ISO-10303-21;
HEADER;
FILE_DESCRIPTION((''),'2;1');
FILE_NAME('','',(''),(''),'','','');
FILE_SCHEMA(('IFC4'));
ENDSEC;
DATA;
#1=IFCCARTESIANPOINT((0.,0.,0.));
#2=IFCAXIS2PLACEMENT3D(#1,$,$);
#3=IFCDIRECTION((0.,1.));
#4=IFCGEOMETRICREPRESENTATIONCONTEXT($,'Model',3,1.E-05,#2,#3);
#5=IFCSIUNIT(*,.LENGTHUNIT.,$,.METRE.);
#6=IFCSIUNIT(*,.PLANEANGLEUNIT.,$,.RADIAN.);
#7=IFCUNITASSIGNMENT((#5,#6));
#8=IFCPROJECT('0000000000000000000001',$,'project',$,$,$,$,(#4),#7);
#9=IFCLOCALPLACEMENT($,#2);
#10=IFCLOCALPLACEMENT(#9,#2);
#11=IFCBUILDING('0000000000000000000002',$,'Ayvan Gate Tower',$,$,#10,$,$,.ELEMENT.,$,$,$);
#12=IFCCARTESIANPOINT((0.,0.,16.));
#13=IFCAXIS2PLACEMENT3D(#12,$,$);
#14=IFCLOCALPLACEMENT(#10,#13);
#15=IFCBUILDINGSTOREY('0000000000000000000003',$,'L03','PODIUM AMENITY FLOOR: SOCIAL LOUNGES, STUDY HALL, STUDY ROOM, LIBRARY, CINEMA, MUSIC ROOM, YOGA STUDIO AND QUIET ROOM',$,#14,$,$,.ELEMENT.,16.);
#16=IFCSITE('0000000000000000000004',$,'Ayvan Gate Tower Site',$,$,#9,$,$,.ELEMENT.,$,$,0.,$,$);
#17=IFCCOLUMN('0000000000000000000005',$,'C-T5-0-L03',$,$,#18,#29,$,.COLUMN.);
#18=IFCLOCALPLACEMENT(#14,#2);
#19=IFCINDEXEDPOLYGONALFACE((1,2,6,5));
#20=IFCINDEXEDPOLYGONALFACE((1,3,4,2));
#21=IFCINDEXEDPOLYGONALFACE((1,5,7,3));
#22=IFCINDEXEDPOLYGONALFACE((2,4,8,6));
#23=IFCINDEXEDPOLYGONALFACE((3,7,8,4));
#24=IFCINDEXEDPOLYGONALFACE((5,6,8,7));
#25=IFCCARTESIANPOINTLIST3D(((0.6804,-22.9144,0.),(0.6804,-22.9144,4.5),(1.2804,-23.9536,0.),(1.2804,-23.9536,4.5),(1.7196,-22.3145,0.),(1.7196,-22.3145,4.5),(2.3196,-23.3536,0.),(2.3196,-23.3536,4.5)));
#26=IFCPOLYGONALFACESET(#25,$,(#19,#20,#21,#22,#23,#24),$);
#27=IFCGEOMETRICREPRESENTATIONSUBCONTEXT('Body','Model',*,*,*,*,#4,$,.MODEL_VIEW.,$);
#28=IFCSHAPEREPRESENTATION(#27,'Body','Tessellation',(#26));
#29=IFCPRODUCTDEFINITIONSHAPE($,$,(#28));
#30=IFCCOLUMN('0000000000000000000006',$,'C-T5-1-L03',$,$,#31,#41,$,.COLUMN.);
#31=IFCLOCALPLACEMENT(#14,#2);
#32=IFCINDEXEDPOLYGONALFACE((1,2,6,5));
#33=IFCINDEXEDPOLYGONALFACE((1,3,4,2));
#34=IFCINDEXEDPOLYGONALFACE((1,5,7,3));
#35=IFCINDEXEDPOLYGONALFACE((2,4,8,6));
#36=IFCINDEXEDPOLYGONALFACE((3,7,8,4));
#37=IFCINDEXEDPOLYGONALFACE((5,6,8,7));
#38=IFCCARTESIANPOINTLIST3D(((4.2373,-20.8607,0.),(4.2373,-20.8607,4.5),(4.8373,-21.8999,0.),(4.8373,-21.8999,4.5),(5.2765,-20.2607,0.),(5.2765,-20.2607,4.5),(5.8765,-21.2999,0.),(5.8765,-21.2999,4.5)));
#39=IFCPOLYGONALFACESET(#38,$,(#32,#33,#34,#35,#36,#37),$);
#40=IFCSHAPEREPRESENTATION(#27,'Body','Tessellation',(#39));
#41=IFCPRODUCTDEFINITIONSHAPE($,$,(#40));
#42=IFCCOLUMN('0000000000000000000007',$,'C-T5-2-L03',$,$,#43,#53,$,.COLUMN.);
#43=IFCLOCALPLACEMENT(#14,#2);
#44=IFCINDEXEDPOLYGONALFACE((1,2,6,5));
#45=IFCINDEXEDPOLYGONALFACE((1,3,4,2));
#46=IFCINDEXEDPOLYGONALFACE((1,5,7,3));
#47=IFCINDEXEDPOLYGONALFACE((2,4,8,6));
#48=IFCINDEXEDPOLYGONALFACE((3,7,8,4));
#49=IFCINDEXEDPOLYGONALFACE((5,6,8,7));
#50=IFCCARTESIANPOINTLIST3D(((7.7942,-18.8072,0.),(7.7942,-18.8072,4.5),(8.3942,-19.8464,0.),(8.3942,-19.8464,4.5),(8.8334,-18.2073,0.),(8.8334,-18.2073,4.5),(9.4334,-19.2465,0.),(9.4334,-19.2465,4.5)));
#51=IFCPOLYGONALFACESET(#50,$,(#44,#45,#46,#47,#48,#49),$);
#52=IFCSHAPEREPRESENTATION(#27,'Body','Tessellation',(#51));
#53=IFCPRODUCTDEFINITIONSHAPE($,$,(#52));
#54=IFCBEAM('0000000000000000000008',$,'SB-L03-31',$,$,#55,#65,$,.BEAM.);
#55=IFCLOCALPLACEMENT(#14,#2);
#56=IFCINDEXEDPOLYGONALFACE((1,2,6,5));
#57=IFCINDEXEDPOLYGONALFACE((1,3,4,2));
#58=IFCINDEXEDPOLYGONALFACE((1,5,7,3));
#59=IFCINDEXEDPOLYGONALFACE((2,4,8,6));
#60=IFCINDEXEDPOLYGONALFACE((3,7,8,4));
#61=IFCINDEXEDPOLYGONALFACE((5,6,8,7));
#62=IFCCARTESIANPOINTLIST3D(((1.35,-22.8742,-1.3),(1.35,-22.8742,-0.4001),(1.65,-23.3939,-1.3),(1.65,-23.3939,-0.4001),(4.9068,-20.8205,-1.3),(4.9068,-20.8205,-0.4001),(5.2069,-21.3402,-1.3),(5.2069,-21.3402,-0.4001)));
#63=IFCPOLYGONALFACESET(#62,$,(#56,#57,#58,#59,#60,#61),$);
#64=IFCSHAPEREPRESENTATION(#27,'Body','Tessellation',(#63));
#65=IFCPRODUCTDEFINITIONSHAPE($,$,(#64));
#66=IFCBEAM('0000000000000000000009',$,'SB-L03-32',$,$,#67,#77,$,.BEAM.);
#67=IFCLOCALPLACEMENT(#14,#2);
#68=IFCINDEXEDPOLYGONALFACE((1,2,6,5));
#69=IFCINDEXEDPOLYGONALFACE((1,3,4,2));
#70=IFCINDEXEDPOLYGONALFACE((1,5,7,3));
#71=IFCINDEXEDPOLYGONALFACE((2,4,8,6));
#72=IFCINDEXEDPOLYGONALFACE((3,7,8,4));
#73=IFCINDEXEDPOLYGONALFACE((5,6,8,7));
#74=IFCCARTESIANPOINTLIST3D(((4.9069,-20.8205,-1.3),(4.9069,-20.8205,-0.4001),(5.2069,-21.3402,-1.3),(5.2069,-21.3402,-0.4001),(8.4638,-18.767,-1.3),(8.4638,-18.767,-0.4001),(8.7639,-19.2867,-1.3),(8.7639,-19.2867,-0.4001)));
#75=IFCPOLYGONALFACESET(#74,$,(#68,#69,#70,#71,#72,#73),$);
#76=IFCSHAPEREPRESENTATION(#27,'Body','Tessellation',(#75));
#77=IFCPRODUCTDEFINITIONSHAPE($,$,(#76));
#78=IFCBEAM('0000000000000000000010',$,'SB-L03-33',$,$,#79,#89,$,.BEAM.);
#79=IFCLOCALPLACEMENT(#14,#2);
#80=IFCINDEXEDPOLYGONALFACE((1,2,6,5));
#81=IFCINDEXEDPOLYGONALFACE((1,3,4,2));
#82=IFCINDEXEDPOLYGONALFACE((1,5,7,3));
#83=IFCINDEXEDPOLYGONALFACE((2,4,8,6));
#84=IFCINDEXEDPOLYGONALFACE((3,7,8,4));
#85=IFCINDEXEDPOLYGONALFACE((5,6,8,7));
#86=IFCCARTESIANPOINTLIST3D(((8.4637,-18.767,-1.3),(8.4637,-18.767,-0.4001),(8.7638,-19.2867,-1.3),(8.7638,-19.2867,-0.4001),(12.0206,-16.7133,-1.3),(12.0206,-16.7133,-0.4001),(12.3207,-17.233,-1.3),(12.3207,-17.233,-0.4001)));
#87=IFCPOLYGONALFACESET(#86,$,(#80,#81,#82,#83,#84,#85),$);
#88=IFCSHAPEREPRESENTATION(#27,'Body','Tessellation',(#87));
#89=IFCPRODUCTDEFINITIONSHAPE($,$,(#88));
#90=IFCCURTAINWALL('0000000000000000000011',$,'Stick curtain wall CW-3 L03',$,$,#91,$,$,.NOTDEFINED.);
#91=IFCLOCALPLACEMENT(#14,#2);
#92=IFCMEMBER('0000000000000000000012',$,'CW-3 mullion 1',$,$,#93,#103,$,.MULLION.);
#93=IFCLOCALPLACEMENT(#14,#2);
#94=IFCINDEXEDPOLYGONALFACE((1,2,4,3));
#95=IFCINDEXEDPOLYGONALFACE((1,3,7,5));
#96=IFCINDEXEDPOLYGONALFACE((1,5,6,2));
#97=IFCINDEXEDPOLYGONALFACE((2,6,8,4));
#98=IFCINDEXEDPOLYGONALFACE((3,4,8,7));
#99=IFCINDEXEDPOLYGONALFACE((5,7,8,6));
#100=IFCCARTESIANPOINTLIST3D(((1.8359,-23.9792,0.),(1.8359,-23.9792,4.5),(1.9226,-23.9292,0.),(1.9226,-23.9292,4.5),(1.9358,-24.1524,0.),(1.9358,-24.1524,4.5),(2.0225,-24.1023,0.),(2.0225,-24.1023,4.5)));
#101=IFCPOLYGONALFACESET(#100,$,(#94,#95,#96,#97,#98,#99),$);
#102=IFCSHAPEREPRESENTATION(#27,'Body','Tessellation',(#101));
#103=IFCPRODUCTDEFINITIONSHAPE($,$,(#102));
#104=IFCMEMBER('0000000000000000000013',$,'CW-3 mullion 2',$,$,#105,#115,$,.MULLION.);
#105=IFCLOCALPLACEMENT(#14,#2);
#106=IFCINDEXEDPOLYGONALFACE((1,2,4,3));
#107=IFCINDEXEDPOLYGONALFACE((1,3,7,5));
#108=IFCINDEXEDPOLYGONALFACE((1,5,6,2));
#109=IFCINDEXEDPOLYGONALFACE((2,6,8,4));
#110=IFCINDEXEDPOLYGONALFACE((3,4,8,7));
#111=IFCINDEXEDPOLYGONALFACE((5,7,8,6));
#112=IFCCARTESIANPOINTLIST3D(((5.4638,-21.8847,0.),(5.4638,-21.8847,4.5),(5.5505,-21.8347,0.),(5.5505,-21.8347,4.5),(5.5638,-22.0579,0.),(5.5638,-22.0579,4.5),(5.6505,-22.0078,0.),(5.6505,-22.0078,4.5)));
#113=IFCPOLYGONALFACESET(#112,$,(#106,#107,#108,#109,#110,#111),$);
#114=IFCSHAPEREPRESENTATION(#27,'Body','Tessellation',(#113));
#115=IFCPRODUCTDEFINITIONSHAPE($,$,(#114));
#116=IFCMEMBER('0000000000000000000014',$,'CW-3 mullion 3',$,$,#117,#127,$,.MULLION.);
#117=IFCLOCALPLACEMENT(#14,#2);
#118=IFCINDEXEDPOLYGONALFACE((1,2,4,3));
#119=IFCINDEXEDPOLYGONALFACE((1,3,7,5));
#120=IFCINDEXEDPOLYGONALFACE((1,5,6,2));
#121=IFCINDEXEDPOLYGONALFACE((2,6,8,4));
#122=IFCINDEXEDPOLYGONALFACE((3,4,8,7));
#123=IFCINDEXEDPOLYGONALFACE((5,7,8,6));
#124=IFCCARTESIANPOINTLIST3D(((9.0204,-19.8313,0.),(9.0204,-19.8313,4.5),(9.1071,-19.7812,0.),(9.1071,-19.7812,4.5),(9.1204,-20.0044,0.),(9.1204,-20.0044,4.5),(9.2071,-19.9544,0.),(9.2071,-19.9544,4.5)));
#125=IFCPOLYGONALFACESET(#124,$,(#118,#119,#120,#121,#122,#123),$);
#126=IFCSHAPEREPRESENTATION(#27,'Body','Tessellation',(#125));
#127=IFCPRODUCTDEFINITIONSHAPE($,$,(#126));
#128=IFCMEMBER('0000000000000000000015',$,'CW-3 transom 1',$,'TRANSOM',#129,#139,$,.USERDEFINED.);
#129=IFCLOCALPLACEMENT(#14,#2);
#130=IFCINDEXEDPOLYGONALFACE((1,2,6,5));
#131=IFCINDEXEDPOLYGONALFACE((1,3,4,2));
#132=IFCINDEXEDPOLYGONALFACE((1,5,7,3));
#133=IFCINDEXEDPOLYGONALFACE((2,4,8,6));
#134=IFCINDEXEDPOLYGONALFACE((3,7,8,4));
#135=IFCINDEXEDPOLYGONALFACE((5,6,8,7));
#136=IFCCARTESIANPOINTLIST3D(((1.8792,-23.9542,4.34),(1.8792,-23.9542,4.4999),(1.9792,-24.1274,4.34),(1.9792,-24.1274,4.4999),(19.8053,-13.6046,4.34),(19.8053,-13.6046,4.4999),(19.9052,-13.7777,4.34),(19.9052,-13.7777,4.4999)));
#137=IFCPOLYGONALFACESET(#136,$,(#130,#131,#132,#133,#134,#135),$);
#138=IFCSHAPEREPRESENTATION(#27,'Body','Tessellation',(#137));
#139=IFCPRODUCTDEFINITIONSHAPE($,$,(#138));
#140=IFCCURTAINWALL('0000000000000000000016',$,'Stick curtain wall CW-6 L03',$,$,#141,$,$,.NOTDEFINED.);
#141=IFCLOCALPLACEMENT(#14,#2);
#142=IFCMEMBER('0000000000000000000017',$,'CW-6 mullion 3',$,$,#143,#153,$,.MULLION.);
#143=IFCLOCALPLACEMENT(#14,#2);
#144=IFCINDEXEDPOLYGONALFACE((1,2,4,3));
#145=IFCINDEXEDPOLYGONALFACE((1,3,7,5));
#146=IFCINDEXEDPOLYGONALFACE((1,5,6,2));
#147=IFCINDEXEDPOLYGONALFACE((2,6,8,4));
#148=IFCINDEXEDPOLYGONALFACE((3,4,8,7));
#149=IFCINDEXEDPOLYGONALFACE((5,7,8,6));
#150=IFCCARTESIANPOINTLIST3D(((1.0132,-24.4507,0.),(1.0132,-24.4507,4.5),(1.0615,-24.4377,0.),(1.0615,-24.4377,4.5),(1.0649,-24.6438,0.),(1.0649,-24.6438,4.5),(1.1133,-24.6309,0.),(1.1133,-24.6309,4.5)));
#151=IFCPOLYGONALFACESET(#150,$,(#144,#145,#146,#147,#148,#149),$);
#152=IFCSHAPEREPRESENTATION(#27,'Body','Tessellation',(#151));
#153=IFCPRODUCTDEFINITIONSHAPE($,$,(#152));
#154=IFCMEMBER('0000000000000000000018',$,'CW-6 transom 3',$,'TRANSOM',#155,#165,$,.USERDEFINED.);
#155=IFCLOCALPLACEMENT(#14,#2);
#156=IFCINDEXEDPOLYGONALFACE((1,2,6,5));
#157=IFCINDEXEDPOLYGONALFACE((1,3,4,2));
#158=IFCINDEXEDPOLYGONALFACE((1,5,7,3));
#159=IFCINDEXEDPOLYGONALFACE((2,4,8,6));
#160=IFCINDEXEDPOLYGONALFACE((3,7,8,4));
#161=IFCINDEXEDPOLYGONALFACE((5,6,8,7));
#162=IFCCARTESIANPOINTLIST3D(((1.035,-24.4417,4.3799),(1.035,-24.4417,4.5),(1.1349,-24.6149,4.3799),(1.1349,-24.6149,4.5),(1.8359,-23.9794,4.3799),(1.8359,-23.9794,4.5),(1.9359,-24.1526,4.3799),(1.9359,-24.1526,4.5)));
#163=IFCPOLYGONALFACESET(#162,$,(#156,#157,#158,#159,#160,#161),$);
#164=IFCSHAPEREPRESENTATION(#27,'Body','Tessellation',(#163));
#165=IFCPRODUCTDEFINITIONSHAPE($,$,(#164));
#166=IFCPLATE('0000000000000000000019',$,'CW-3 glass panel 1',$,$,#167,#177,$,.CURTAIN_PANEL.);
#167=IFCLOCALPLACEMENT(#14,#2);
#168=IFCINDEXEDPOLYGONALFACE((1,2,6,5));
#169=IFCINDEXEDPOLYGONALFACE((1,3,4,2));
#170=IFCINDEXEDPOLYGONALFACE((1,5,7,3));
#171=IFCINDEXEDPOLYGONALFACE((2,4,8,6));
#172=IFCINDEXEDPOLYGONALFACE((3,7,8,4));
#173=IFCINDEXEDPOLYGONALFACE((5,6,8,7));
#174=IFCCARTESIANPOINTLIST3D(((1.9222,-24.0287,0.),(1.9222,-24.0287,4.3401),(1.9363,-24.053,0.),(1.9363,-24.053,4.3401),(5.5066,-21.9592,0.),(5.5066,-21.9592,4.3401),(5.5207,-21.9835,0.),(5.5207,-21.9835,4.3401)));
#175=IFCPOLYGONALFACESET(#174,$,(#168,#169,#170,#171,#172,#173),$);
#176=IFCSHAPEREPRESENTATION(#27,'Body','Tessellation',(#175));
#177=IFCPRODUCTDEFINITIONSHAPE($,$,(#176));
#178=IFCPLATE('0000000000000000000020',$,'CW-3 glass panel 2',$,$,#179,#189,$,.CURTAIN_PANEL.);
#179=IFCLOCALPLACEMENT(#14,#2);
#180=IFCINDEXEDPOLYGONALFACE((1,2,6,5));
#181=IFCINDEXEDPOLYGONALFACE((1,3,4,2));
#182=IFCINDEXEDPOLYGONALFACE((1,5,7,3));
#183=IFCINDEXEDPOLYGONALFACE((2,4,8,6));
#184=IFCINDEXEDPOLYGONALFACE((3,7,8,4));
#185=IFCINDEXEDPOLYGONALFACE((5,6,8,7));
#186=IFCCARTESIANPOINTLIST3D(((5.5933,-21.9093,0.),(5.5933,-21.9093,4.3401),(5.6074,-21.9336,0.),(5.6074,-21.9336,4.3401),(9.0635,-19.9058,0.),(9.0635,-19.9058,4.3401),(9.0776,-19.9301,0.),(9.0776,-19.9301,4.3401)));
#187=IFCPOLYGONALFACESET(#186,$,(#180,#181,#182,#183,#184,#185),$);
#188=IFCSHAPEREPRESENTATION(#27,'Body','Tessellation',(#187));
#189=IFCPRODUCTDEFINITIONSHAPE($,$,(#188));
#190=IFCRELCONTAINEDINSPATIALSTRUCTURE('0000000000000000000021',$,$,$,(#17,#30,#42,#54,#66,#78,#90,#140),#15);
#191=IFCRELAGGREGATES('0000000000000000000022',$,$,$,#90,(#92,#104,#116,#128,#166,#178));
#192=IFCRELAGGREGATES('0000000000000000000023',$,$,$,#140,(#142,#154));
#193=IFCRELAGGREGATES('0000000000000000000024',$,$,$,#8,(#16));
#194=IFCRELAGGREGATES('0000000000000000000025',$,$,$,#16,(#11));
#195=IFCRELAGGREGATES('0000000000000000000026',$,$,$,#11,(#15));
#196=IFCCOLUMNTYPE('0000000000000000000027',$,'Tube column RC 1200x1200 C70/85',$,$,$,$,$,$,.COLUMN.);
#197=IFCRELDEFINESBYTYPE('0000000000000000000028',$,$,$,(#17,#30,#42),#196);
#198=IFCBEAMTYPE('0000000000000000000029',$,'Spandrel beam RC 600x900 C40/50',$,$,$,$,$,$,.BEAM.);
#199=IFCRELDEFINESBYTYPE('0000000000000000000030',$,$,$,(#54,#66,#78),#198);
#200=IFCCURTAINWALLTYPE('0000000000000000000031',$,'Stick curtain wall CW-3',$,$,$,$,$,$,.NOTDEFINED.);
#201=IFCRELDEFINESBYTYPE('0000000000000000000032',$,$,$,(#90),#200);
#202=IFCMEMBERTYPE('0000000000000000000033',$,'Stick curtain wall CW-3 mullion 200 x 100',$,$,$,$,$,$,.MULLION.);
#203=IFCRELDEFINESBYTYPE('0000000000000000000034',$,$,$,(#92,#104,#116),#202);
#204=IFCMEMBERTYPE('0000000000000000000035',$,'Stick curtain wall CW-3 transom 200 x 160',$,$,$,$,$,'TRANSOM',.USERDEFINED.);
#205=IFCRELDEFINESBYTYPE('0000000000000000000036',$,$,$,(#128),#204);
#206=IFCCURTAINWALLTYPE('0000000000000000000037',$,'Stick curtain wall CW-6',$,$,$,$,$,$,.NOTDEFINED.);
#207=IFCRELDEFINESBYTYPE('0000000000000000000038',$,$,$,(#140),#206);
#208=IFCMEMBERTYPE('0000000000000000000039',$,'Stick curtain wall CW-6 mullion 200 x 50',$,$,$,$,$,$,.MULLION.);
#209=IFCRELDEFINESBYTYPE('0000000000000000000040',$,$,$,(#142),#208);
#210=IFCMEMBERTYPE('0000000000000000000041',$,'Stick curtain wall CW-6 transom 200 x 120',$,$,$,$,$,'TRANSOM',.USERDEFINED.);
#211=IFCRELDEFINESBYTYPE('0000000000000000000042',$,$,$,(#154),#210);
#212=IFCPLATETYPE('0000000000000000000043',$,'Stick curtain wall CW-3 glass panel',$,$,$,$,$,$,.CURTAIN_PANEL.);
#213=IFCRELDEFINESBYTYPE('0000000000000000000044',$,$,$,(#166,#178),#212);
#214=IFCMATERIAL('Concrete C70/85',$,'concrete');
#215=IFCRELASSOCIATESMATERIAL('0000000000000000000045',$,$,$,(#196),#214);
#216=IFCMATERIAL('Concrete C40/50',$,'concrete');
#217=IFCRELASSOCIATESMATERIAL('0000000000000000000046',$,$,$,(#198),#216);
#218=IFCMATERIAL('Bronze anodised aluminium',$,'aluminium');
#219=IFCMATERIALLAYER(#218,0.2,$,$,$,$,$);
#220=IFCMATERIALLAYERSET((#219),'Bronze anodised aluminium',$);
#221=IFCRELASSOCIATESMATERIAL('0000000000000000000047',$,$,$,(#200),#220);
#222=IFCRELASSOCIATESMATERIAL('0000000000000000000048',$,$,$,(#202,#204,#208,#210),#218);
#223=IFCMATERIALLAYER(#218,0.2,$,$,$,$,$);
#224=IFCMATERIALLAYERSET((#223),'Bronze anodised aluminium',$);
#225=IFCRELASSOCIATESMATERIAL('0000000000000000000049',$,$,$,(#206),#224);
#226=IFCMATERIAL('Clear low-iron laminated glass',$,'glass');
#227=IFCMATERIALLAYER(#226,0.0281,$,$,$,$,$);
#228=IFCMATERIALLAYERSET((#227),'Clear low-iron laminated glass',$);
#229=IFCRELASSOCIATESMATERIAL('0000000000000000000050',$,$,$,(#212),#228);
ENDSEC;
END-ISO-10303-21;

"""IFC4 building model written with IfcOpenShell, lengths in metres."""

from ifc_helpers import new_model, si_unit, direction, frame, origin, origin_2d, place, context, subcontext, project, spatial, rectangle, extrude, material, layer, layer_set, material_profile, profile_set, type_object, element, aggregate, save


model = new_model("IFC4")

# Units and contexts
model_context = context("Model", 3, precision=1e-05, world=origin(), true_north=direction((0.0, 1.0)))
body_context = subcontext(model_context, "Body", "Model", "MODEL_VIEW")
ifc_project = project(units=[si_unit("LENGTHUNIT", "METRE"), si_unit("PLANEANGLEUNIT", "RADIAN")], contexts=[model_context])

# Site, building, storey
site_placement = place(None, origin())
site = spatial("IfcSite", under=ifc_project, at=site_placement, Name="Ayvan Gate Tower Site", CompositionType="ELEMENT", RefElevation=0.0)
building_placement = place(site_placement, origin())
building = spatial("IfcBuilding", under=site, at=building_placement, Name="Ayvan Gate Tower", CompositionType="ELEMENT")
storey_placement = place(building_placement, frame((0.0, 0.0, 16.0)))
storey = spatial("IfcBuildingStorey", under=building, at=storey_placement, Name="L03", Description="PODIUM AMENITY FLOOR: SOCIAL LOUNGES, STUDY HALL, STUDY ROOM, LIBRARY, CINEMA, MUSIC ROOM, YOGA STUDIO AND QUIET ROOM", CompositionType="ELEMENT", Elevation=16.0)

# Columns
ifc_material_1 = material(Name="Concrete C70/85", Category="concrete")
ifc_material_profile_1 = material_profile(ifc_material_1, rectangle(XDim=1.2, YDim=1.2, at=origin_2d()), Name="RC 1200x1200")
ifc_profile_set_1 = profile_set([ifc_material_profile_1], Name="Concrete C70/85")
column_type = type_object("IfcColumnType", Name="Tube column RC 1200x1200 C70/85", PredefinedType="COLUMN", material=ifc_profile_set_1)
for number, where, z_axis, x_axis, name in (
    (1, (1.5, -23.134, 0.0), (0.0, 0.0, 1.0), (0.5, -0.866025, 0.0), "C-T5-0-L03"),
    (2, (5.0569, -21.0803, 0.0), (0.0, 0.0, 1.0), (0.5, -0.866025, 0.0), "C-T5-1-L03"),
    (3, (8.6138, -19.0269, 0.0), (0.0, 0.0, 1.0), (0.5, -0.866025, 0.0), "C-T5-2-L03"),
):
    element("IfcColumn", number, at=place(storey_placement, frame(where, z_axis=z_axis, x_axis=x_axis)), inside=storey, type_object=column_type, Name=name, PredefinedType="COLUMN", context=body_context, shape_type="SweptSolid", body=[
        extrude(rectangle(XDim=1.2, YDim=1.2, at=origin_2d()), origin(), (0.0, 0.0, 1.0), 4.5),
    ])

# Beams
ifc_material_2 = material(Name="Concrete C40/50", Category="concrete")
ifc_material_profile_2 = material_profile(ifc_material_2, rectangle(XDim=0.6001, YDim=0.8999, at=origin_2d()), Name="RC 600x900")
ifc_profile_set_2 = profile_set([ifc_material_profile_2], Name="Concrete C40/50")
beam_type = type_object("IfcBeamType", Name="Spandrel beam RC 600x900 C40/50", PredefinedType="BEAM", material=ifc_profile_set_2)
for number, where, z_axis, x_axis, name in (
    (4, (1.5, -23.134, -0.8501), (0.86601, 0.500026, 0.0), (-0.500026, 0.86601, 0.0), "SB-L03-31"),
    (5, (5.0569, -21.0803, -0.8501), (0.866036, 0.499981, 0.0), (-0.499981, 0.866036, 0.0), "SB-L03-32"),
    (6, (8.6138, -19.0269, -0.8501), (0.86601, 0.500026, 0.0), (-0.500026, 0.86601, 0.0), "SB-L03-33"),
):
    element("IfcBeam", number, at=place(storey_placement, frame(where, z_axis=z_axis, x_axis=x_axis)), inside=storey, type_object=beam_type, Name=name, PredefinedType="BEAM", context=body_context, shape_type="SweptSolid", body=[
        extrude(rectangle(XDim=0.6001, YDim=0.8999, at=origin_2d()), origin(), (0.0, 0.0, 1.0), 4.1072),
    ])

# Curtain walls, members
ifc_material_3 = material(Name="Bronze anodised aluminium", Category="aluminium")
ifc_layer_1 = layer(ifc_material_3, 0.2)
ifc_layer_set_1 = layer_set([ifc_layer_1], Name="Bronze anodised aluminium")
curtain_wall_type_1 = type_object("IfcCurtainWallType", Name="Stick curtain wall CW-3", PredefinedType="NOTDEFINED", material=ifc_layer_set_1)
curtain_wall_1_placement = place(storey_placement, origin())
curtain_wall_1 = element("IfcCurtainWall", 7, at=curtain_wall_1_placement, inside=storey, type_object=curtain_wall_type_1, Name="Stick curtain wall CW-3 L03", PredefinedType="NOTDEFINED")
ifc_material_profile_3 = material_profile(ifc_material_3, rectangle(XDim=0.2, YDim=0.1001, at=origin_2d()), Name="Stick curtain wall CW-3 mullion 200 x 100")
ifc_profile_set_3 = profile_set([ifc_material_profile_3], Name="Bronze anodised aluminium")
member_type_1 = type_object("IfcMemberType", Name="Stick curtain wall CW-3 mullion 200 x 100", PredefinedType="MULLION", material=ifc_profile_set_3)
member_1_placement = place(storey_placement, frame((1.9292, -24.0408, 0.0), z_axis=(0.0, 0.0, 1.0), x_axis=(0.5, -0.866025, 0.0)))
member_1 = element("IfcMember", 8, at=member_1_placement, type_object=member_type_1, Name="CW-3 mullion 1", PredefinedType="MULLION", context=body_context, shape_type="SweptSolid", body=[
    extrude(rectangle(XDim=0.2, YDim=0.1001, at=origin_2d()), origin(), (0.0, 0.0, 1.0), 4.5),
])
member_2_placement = place(storey_placement, frame((5.5571, -21.9463, 0.0), z_axis=(0.0, 0.0, 1.0), x_axis=(0.5, -0.866025, 0.0)))
member_2 = element("IfcMember", 9, at=member_2_placement, type_object=member_type_1, Name="CW-3 mullion 2", PredefinedType="MULLION", context=body_context, shape_type="SweptSolid", body=[
    extrude(rectangle(XDim=0.2, YDim=0.1001, at=origin_2d()), origin(), (0.0, 0.0, 1.0), 4.5),
])
member_3_placement = place(storey_placement, frame((9.1138, -19.8928, 0.0), z_axis=(0.0, 0.0, 1.0), x_axis=(0.5, -0.866025, 0.0)))
member_3 = element("IfcMember", 10, at=member_3_placement, type_object=member_type_1, Name="CW-3 mullion 3", PredefinedType="MULLION", context=body_context, shape_type="SweptSolid", body=[
    extrude(rectangle(XDim=0.2, YDim=0.1001, at=origin_2d()), origin(), (0.0, 0.0, 1.0), 4.5),
])
ifc_material_profile_4 = material_profile(ifc_material_3, rectangle(XDim=0.2, YDim=0.1599, at=origin_2d()), Name="Stick curtain wall CW-3 transom 200 x 160")
ifc_profile_set_4 = profile_set([ifc_material_profile_4], Name="Bronze anodised aluminium")
member_type_2 = type_object("IfcMemberType", Name="Stick curtain wall CW-3 transom 200 x 160", ElementType="TRANSOM", PredefinedType="USERDEFINED", material=ifc_profile_set_4)
member_4_placement = place(storey_placement, frame((1.9292, -24.0408, 4.4199), z_axis=(0.866025, 0.5, 0.0), x_axis=(-0.5, 0.866025, 0.0)))
member_4 = element("IfcMember", 11, at=member_4_placement, type_object=member_type_2, Name="CW-3 transom 1", ObjectType="TRANSOM", PredefinedType="USERDEFINED", context=body_context, shape_type="SweptSolid", body=[
    extrude(rectangle(XDim=0.2, YDim=0.1599, at=origin_2d()), origin(), (0.0, 0.0, 1.0), 20.6992),
])
ifc_layer_2 = layer(ifc_material_3, 0.2)
ifc_layer_set_2 = layer_set([ifc_layer_2], Name="Bronze anodised aluminium")
curtain_wall_type_2 = type_object("IfcCurtainWallType", Name="Stick curtain wall CW-6", PredefinedType="NOTDEFINED", material=ifc_layer_set_2)
curtain_wall_2_placement = place(storey_placement, origin())
curtain_wall_2 = element("IfcCurtainWall", 12, at=curtain_wall_2_placement, inside=storey, type_object=curtain_wall_type_2, Name="Stick curtain wall CW-6 L03", PredefinedType="NOTDEFINED")
ifc_material_profile_5 = material_profile(ifc_material_3, rectangle(XDim=0.2, YDim=0.05, at=origin_2d()), Name="Stick curtain wall CW-6 mullion 200 x 50")
ifc_profile_set_5 = profile_set([ifc_material_profile_5], Name="Bronze anodised aluminium")
member_type_3 = type_object("IfcMemberType", Name="Stick curtain wall CW-6 mullion 200 x 50", PredefinedType="MULLION", material=ifc_profile_set_5)
member_5_placement = place(storey_placement, frame((1.0632, -24.5408, 0.0), z_axis=(0.0, 0.0, 1.0), x_axis=(0.258819, -0.965926, 0.0)))
member_5 = element("IfcMember", 13, at=member_5_placement, type_object=member_type_3, Name="CW-6 mullion 3", PredefinedType="MULLION", context=body_context, shape_type="SweptSolid", body=[
    extrude(rectangle(XDim=0.2, YDim=0.05, at=origin_2d()), origin(), (0.0, 0.0, 1.0), 4.5),
])
ifc_material_profile_6 = material_profile(ifc_material_3, rectangle(XDim=0.2, YDim=0.1201, at=origin_2d()), Name="Stick curtain wall CW-6 transom 200 x 120")
ifc_profile_set_6 = profile_set([ifc_material_profile_6], Name="Bronze anodised aluminium")
member_type_4 = type_object("IfcMemberType", Name="Stick curtain wall CW-6 transom 200 x 120", ElementType="TRANSOM", PredefinedType="USERDEFINED", material=ifc_profile_set_6)
member_6_placement = place(storey_placement, frame((1.085, -24.5283, 4.4399), z_axis=(0.866058, 0.499943, 0.0), x_axis=(-0.499943, 0.866058, 0.0)))
member_6 = element("IfcMember", 14, at=member_6_placement, type_object=member_type_4, Name="CW-6 transom 3", ObjectType="TRANSOM", PredefinedType="USERDEFINED", context=body_context, shape_type="SweptSolid", body=[
    extrude(rectangle(XDim=0.2, YDim=0.1201, at=origin_2d()), origin(), (0.0, 0.0, 1.0), 0.9248),
])

# Plates
ifc_material_4 = material(Name="Clear low-iron laminated glass", Category="glass")
ifc_layer_3 = layer(ifc_material_4, 0.0281)
ifc_layer_set_3 = layer_set([ifc_layer_3], Name="Clear low-iron laminated glass")
plate_type_1 = type_object("IfcPlateType", Name="Stick curtain wall CW-3 glass panel", PredefinedType="CURTAIN_PANEL", material=ifc_layer_set_3)
plate_1_placement = place(storey_placement, frame((3.7214, -23.0061, 0.0), z_axis=(0.0, 0.0, 1.0), x_axis=(0.866025, 0.5, 0.0)))
plate_1 = element("IfcPlate", 15, at=plate_1_placement, type_object=plate_type_1, Name="CW-3 glass panel 1", PredefinedType="CURTAIN_PANEL", context=body_context, shape_type="SweptSolid", body=[
    extrude(rectangle(XDim=4.1389, YDim=0.0281, at=origin_2d()), origin(), (0.0, 0.0, 1.0), 4.3401),
])
plate_2_placement = place(storey_placement, frame((7.3354, -20.9197, 0.0), z_axis=(0.0, 0.0, 1.0), x_axis=(0.866025, 0.5, 0.0)))
plate_2 = element("IfcPlate", 16, at=plate_2_placement, type_object=plate_type_1, Name="CW-3 glass panel 2", PredefinedType="CURTAIN_PANEL", context=body_context, shape_type="SweptSolid", body=[
    extrude(rectangle(XDim=4.0071, YDim=0.0281, at=origin_2d()), origin(), (0.0, 0.0, 1.0), 4.3401),
])
aggregate(curtain_wall_1, [member_1, member_2, member_3, member_4, plate_1, plate_2])
aggregate(curtain_wall_2, [member_5, member_6])

save(model, "model.ifc")
